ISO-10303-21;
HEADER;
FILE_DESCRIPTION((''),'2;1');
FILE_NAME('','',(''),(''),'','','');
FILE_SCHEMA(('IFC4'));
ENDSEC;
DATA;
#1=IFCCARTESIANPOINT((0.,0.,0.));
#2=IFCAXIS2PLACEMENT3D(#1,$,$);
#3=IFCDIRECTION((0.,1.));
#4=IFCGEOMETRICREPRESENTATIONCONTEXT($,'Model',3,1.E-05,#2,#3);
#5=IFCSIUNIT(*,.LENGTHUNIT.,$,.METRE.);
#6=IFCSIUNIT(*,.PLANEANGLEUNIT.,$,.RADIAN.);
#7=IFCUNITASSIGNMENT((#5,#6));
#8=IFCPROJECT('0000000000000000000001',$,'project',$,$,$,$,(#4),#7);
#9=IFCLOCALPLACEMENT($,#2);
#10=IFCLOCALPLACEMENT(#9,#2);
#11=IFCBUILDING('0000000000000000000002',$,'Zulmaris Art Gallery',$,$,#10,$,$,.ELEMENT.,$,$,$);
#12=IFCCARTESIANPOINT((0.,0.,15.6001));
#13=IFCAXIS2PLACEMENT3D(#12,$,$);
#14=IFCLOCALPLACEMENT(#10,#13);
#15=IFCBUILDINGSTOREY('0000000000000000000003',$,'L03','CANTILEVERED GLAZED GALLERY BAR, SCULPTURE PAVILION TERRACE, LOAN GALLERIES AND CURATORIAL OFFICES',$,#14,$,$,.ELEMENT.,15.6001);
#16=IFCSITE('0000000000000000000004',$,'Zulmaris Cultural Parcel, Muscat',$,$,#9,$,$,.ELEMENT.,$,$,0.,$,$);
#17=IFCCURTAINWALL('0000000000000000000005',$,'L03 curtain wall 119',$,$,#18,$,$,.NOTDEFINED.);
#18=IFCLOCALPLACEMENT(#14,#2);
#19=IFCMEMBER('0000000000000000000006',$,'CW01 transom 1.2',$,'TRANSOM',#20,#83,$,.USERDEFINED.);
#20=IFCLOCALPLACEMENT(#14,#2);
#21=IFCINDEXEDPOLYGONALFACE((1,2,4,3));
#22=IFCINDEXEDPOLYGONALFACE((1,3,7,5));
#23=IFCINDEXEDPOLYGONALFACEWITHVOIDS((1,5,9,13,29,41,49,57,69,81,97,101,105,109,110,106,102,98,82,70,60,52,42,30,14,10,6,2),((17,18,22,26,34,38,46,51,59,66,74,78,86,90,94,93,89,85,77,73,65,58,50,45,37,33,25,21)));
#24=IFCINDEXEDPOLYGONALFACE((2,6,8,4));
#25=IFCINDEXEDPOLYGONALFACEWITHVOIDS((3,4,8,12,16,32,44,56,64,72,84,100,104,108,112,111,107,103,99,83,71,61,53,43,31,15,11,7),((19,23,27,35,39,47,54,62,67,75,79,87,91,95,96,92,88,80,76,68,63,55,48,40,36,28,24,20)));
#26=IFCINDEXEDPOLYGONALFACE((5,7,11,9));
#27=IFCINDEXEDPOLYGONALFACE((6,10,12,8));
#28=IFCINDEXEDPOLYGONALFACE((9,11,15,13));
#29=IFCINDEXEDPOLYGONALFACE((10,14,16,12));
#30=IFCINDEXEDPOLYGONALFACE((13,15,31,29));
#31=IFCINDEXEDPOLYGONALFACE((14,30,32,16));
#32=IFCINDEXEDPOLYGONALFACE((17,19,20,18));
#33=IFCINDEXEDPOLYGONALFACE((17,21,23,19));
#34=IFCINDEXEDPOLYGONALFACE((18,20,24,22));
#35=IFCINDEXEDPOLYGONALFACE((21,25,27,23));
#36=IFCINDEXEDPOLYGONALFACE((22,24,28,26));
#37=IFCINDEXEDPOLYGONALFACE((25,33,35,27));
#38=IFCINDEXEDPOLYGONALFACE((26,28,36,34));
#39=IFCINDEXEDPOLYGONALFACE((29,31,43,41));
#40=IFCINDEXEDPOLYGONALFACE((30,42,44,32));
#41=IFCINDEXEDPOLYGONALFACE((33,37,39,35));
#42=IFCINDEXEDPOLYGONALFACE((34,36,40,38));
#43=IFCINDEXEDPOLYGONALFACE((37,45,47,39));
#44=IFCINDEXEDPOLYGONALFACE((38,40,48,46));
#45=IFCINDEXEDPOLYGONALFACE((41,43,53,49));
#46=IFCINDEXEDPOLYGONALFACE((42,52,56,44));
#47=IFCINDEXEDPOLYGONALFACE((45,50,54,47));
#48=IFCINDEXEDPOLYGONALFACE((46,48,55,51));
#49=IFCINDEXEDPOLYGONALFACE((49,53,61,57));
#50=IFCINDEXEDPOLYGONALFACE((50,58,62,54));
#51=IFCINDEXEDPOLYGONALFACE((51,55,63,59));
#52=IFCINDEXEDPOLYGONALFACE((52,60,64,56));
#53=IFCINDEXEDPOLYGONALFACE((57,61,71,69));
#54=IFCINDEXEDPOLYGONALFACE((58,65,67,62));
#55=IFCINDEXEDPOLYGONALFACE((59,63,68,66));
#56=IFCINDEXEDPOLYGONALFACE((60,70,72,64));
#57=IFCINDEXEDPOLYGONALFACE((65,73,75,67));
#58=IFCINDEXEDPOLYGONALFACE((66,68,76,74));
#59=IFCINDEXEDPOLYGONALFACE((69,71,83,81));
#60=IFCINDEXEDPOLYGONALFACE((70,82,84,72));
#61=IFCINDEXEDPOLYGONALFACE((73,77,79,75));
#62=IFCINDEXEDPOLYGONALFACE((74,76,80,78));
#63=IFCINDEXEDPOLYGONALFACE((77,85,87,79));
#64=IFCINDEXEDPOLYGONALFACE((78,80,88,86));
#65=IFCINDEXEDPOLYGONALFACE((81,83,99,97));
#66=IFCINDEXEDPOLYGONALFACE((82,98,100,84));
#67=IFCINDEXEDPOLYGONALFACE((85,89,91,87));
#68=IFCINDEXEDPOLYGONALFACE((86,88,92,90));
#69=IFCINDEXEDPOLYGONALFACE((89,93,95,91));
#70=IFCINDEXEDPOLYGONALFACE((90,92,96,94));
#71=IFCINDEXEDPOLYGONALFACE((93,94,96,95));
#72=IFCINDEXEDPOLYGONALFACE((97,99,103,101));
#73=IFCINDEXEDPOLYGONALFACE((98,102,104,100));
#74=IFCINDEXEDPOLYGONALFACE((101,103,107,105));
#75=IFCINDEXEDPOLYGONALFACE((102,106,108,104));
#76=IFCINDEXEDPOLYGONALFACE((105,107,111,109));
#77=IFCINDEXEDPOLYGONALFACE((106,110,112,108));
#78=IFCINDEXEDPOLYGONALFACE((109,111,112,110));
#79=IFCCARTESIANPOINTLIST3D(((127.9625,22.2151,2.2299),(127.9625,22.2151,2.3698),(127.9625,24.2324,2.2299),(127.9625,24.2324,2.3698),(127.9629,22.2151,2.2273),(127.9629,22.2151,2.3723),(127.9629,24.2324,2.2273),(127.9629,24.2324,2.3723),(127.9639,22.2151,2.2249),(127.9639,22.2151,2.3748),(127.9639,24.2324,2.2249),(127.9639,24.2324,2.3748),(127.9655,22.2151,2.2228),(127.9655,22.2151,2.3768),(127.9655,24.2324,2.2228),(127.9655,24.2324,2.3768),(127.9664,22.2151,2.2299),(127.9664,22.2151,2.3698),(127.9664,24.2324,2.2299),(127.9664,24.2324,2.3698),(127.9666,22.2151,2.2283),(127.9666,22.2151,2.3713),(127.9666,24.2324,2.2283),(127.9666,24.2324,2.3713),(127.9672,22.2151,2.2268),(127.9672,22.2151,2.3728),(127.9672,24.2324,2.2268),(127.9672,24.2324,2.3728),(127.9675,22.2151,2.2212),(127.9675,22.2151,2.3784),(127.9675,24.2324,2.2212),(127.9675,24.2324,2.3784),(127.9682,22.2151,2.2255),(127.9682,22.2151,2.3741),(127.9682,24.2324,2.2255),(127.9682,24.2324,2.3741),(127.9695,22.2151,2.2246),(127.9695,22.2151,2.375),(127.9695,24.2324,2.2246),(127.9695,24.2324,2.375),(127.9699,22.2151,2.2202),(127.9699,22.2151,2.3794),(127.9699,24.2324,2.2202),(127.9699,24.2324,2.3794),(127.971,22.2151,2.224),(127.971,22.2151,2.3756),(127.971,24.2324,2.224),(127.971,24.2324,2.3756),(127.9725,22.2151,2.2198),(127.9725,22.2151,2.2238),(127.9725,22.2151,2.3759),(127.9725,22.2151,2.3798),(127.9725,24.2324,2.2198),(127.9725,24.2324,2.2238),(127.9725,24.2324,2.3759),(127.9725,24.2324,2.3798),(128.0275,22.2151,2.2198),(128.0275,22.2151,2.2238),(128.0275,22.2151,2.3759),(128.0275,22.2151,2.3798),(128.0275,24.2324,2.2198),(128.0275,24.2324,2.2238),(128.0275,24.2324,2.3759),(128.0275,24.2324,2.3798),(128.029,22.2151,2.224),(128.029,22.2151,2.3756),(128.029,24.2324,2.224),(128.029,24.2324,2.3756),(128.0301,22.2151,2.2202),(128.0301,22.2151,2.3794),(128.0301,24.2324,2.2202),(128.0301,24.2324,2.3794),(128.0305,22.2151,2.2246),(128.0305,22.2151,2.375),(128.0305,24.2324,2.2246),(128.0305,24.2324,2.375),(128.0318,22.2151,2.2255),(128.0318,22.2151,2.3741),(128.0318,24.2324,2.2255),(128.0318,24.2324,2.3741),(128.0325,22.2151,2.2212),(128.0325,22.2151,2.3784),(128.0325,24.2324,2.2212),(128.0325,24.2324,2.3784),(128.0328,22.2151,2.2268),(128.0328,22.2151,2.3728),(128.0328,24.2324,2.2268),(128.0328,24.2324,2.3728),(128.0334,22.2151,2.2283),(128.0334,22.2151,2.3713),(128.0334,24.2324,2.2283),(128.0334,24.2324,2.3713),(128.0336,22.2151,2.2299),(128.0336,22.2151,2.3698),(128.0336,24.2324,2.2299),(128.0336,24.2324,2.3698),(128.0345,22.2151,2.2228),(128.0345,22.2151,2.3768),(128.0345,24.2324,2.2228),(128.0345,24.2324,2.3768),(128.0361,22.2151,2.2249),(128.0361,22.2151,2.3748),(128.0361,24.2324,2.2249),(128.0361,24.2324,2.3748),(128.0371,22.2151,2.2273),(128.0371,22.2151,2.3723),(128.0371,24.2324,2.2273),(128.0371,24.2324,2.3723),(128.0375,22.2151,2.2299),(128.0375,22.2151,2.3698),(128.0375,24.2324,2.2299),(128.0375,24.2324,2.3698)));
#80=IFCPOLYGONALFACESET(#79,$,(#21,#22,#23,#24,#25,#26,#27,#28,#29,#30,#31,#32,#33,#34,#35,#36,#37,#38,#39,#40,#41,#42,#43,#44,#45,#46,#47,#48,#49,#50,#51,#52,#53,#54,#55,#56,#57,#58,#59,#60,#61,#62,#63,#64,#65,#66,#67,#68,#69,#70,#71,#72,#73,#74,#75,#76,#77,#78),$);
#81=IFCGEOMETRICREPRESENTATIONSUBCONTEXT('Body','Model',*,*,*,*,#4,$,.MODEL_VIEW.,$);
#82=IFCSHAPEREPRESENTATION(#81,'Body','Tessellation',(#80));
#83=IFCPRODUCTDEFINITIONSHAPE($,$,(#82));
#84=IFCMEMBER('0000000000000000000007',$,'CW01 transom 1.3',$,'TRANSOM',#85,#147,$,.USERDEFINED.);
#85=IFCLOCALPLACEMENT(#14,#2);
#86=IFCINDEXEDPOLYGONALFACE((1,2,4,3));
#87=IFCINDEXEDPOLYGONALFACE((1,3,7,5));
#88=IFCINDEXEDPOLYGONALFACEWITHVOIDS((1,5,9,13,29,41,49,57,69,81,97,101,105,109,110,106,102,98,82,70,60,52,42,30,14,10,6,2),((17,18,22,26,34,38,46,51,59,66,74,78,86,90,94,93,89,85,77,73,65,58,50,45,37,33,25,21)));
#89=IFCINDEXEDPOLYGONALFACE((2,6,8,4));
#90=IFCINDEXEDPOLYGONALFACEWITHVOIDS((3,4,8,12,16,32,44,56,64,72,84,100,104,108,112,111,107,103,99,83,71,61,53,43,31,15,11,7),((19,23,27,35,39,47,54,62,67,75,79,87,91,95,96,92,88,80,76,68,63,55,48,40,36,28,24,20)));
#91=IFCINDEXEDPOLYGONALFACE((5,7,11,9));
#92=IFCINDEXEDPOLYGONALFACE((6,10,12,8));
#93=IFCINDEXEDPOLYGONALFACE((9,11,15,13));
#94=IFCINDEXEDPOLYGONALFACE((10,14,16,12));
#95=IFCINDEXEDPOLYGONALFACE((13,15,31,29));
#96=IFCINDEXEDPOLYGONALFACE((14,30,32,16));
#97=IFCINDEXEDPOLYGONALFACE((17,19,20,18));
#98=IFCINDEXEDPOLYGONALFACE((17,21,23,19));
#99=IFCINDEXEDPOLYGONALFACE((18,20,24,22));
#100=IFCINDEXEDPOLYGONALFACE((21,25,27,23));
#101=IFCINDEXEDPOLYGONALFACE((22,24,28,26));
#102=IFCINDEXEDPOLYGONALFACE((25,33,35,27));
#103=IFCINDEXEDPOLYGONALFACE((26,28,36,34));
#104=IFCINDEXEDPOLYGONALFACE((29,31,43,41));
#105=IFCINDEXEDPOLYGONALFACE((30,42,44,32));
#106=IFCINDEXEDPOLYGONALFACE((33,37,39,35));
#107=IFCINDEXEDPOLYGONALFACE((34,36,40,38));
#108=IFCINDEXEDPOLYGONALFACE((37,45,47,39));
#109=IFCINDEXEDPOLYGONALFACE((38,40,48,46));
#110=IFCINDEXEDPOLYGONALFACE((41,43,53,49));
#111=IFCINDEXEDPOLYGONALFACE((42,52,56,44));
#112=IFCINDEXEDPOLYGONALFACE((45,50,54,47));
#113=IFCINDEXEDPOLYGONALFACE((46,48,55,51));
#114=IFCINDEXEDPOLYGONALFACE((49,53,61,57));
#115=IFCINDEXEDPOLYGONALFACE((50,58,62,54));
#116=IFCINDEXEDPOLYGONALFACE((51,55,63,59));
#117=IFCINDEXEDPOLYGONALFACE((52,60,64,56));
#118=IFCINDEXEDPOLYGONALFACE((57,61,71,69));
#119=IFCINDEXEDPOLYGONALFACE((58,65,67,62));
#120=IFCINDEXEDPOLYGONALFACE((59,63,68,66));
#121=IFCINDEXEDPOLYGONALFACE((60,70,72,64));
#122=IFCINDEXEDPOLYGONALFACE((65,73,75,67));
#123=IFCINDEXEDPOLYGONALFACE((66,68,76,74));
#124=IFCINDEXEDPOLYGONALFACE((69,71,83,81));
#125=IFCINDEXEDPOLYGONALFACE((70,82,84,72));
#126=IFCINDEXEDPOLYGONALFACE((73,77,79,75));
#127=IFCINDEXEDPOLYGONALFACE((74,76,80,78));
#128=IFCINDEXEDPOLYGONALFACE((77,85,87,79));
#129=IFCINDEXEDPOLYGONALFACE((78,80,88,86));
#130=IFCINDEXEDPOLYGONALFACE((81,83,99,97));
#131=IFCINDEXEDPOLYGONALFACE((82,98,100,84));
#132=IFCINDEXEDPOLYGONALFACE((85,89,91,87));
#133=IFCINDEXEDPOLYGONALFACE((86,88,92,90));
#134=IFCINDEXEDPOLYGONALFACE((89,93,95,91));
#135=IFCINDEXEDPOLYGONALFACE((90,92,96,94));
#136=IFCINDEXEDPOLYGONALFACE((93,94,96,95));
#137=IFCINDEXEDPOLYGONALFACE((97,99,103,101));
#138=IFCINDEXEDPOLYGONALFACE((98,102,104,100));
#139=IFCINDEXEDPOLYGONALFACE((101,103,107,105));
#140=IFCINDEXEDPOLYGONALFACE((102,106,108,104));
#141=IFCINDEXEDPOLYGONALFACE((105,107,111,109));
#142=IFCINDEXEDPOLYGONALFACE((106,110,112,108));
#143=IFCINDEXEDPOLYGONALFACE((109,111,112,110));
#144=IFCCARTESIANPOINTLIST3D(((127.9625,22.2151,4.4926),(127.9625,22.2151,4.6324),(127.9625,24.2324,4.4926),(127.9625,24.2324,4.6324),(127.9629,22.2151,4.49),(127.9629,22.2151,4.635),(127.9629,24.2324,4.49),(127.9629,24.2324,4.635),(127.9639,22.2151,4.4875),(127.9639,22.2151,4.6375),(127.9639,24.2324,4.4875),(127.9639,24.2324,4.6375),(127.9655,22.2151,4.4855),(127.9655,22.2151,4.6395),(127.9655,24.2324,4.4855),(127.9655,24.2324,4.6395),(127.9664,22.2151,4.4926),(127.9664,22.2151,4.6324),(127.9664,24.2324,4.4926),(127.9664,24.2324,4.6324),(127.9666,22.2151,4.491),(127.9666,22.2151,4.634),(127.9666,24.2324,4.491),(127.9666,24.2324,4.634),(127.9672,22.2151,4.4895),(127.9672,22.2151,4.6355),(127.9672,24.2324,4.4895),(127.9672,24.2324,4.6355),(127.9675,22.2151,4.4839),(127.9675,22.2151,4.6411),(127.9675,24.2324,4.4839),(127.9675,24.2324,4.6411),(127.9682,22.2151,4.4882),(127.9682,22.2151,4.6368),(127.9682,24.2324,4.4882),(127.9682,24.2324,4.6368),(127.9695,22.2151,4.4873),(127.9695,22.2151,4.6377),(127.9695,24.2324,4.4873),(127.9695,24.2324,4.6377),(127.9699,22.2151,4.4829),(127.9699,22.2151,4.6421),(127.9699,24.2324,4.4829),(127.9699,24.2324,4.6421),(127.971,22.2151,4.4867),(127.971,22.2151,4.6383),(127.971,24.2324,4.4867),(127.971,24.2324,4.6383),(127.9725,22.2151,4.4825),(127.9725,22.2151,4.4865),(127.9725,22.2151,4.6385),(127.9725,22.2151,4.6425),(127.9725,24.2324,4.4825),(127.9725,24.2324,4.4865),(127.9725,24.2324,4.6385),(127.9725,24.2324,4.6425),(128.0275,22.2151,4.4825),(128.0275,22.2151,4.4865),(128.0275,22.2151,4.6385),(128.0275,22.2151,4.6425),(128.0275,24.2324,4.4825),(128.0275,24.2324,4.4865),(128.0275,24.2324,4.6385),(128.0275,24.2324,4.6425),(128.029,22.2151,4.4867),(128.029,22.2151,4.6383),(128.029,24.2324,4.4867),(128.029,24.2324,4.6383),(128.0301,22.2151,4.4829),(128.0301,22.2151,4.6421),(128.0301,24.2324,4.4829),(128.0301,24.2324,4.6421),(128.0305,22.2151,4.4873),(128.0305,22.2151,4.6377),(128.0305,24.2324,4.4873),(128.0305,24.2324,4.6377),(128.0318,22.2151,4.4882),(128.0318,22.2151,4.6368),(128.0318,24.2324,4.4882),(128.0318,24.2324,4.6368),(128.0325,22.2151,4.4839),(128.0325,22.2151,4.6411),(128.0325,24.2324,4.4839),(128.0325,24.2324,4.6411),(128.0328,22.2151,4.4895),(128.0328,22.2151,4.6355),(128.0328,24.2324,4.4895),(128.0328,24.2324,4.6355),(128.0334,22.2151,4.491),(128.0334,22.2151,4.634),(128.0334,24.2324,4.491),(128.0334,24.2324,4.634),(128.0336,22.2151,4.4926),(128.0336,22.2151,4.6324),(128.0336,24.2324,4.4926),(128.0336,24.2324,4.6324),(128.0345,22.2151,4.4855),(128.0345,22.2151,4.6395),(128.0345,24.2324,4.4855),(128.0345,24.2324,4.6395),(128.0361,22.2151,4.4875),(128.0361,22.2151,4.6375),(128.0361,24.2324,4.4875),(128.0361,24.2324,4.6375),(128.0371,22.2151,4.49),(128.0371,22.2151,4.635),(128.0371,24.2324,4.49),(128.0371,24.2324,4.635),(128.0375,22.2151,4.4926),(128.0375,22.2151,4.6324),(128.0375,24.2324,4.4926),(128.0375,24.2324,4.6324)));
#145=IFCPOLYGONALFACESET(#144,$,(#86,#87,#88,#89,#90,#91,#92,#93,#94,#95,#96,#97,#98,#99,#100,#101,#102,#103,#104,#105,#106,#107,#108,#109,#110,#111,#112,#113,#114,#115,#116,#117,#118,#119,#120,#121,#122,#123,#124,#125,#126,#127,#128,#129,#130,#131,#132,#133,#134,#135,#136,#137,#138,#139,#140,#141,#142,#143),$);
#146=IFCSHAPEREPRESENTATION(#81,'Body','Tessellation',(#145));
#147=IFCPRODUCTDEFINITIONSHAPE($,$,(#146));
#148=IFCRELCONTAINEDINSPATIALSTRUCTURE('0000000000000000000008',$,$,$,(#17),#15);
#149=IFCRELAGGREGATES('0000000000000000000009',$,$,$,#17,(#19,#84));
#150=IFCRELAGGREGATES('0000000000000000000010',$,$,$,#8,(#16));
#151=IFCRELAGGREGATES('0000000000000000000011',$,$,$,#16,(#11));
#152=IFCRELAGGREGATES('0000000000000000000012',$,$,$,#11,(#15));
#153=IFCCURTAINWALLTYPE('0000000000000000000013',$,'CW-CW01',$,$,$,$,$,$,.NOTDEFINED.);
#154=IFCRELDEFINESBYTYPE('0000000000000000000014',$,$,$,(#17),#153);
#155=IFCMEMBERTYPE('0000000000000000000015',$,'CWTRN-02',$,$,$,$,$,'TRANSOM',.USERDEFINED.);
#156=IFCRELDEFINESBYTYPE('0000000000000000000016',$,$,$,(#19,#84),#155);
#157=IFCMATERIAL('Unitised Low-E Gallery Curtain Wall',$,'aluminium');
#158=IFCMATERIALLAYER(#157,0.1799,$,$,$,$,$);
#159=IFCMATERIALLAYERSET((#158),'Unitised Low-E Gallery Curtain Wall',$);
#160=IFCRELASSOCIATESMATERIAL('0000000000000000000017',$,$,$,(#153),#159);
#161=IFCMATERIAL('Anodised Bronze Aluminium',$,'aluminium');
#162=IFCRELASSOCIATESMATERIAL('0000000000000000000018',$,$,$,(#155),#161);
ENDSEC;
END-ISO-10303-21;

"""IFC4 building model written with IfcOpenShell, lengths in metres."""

from ifc_helpers import new_model, si_unit, direction, frame, origin, origin_2d, place, context, subcontext, project, spatial, hollow_rectangle, extrude, material, layer, layer_set, material_profile, profile_set, type_object, element, aggregate, save


model = new_model("IFC4")

# Units and contexts
model_context = context("Model", 3, precision=1e-05, world=origin(), true_north=direction((0.0, 1.0)))
body_context = subcontext(model_context, "Body", "Model", "MODEL_VIEW")
ifc_project = project(units=[si_unit("LENGTHUNIT", "METRE"), si_unit("PLANEANGLEUNIT", "RADIAN")], contexts=[model_context])

# Site, building, storey
site_placement = place(None, origin())
site = spatial("IfcSite", under=ifc_project, at=site_placement, Name="Zulmaris Cultural Parcel, Muscat", CompositionType="ELEMENT", RefElevation=0.0)
building_placement = place(site_placement, origin())
building = spatial("IfcBuilding", under=site, at=building_placement, Name="Zulmaris Art Gallery", CompositionType="ELEMENT")
storey_placement = place(building_placement, frame((0.0, 0.0, 15.6001)))
storey = spatial("IfcBuildingStorey", under=building, at=storey_placement, Name="L03", Description="CANTILEVERED GLAZED GALLERY BAR, SCULPTURE PAVILION TERRACE, LOAN GALLERIES AND CURATORIAL OFFICES", CompositionType="ELEMENT", Elevation=15.6001)

# Curtain wall, members
ifc_material_1 = material(Name="Unitised Low-E Gallery Curtain Wall", Category="aluminium")
ifc_layer_1 = layer(ifc_material_1, 0.1799)
ifc_layer_set_1 = layer_set([ifc_layer_1], Name="Unitised Low-E Gallery Curtain Wall")
curtain_wall_type = type_object("IfcCurtainWallType", Name="CW-CW01", PredefinedType="NOTDEFINED", material=ifc_layer_set_1)
curtain_wall_placement = place(storey_placement, origin())
curtain_wall = element("IfcCurtainWall", 1, at=curtain_wall_placement, inside=storey, type_object=curtain_wall_type, Name="L03 curtain wall 119", PredefinedType="NOTDEFINED")
ifc_material_2 = material(Name="Anodised Bronze Aluminium", Category="aluminium")
ifc_material_profile_1 = material_profile(ifc_material_2, hollow_rectangle(XDim=0.075, YDim=0.1599, WallThickness=0.0039, InnerFilletRadius=0.0061, OuterFilletRadius=0.01, at=origin_2d()), Name="ALU 75x160x4")
ifc_profile_set_1 = profile_set([ifc_material_profile_1], Name="Anodised Bronze Aluminium")
member_type_1 = type_object("IfcMemberType", Name="CWTRN-02", ElementType="TRANSOM", PredefinedType="USERDEFINED", material=ifc_profile_set_1)
member_1_placement = place(storey_placement, frame((128.0, 22.2151, 2.2998), z_axis=(0.0, 1.0, 0.0), x_axis=(-1.0, 0.0, 0.0)))
member_1 = element("IfcMember", 2, at=member_1_placement, type_object=member_type_1, Name="CW01 transom 1.2", ObjectType="TRANSOM", PredefinedType="USERDEFINED", context=body_context, shape_type="SweptSolid", body=[
    extrude(hollow_rectangle(XDim=0.075, YDim=0.1599, WallThickness=0.0039, InnerFilletRadius=0.0061, OuterFilletRadius=0.01, at=origin_2d()), origin(), (0.0, 0.0, 1.0), 2.0173),
])
member_2_placement = place(storey_placement, frame((128.0, 22.2151, 4.5625), z_axis=(0.0, 1.0, 0.0), x_axis=(-1.0, 0.0, 0.0)))
member_2 = element("IfcMember", 3, at=member_2_placement, type_object=member_type_1, Name="CW01 transom 1.3", ObjectType="TRANSOM", PredefinedType="USERDEFINED", context=body_context, shape_type="SweptSolid", body=[
    extrude(hollow_rectangle(XDim=0.075, YDim=0.1599, WallThickness=0.0039, InnerFilletRadius=0.0061, OuterFilletRadius=0.01, at=origin_2d()), origin(), (0.0, 0.0, 1.0), 2.0173),
])
aggregate(curtain_wall, [member_1, member_2])

save(model, "model.ifc")
